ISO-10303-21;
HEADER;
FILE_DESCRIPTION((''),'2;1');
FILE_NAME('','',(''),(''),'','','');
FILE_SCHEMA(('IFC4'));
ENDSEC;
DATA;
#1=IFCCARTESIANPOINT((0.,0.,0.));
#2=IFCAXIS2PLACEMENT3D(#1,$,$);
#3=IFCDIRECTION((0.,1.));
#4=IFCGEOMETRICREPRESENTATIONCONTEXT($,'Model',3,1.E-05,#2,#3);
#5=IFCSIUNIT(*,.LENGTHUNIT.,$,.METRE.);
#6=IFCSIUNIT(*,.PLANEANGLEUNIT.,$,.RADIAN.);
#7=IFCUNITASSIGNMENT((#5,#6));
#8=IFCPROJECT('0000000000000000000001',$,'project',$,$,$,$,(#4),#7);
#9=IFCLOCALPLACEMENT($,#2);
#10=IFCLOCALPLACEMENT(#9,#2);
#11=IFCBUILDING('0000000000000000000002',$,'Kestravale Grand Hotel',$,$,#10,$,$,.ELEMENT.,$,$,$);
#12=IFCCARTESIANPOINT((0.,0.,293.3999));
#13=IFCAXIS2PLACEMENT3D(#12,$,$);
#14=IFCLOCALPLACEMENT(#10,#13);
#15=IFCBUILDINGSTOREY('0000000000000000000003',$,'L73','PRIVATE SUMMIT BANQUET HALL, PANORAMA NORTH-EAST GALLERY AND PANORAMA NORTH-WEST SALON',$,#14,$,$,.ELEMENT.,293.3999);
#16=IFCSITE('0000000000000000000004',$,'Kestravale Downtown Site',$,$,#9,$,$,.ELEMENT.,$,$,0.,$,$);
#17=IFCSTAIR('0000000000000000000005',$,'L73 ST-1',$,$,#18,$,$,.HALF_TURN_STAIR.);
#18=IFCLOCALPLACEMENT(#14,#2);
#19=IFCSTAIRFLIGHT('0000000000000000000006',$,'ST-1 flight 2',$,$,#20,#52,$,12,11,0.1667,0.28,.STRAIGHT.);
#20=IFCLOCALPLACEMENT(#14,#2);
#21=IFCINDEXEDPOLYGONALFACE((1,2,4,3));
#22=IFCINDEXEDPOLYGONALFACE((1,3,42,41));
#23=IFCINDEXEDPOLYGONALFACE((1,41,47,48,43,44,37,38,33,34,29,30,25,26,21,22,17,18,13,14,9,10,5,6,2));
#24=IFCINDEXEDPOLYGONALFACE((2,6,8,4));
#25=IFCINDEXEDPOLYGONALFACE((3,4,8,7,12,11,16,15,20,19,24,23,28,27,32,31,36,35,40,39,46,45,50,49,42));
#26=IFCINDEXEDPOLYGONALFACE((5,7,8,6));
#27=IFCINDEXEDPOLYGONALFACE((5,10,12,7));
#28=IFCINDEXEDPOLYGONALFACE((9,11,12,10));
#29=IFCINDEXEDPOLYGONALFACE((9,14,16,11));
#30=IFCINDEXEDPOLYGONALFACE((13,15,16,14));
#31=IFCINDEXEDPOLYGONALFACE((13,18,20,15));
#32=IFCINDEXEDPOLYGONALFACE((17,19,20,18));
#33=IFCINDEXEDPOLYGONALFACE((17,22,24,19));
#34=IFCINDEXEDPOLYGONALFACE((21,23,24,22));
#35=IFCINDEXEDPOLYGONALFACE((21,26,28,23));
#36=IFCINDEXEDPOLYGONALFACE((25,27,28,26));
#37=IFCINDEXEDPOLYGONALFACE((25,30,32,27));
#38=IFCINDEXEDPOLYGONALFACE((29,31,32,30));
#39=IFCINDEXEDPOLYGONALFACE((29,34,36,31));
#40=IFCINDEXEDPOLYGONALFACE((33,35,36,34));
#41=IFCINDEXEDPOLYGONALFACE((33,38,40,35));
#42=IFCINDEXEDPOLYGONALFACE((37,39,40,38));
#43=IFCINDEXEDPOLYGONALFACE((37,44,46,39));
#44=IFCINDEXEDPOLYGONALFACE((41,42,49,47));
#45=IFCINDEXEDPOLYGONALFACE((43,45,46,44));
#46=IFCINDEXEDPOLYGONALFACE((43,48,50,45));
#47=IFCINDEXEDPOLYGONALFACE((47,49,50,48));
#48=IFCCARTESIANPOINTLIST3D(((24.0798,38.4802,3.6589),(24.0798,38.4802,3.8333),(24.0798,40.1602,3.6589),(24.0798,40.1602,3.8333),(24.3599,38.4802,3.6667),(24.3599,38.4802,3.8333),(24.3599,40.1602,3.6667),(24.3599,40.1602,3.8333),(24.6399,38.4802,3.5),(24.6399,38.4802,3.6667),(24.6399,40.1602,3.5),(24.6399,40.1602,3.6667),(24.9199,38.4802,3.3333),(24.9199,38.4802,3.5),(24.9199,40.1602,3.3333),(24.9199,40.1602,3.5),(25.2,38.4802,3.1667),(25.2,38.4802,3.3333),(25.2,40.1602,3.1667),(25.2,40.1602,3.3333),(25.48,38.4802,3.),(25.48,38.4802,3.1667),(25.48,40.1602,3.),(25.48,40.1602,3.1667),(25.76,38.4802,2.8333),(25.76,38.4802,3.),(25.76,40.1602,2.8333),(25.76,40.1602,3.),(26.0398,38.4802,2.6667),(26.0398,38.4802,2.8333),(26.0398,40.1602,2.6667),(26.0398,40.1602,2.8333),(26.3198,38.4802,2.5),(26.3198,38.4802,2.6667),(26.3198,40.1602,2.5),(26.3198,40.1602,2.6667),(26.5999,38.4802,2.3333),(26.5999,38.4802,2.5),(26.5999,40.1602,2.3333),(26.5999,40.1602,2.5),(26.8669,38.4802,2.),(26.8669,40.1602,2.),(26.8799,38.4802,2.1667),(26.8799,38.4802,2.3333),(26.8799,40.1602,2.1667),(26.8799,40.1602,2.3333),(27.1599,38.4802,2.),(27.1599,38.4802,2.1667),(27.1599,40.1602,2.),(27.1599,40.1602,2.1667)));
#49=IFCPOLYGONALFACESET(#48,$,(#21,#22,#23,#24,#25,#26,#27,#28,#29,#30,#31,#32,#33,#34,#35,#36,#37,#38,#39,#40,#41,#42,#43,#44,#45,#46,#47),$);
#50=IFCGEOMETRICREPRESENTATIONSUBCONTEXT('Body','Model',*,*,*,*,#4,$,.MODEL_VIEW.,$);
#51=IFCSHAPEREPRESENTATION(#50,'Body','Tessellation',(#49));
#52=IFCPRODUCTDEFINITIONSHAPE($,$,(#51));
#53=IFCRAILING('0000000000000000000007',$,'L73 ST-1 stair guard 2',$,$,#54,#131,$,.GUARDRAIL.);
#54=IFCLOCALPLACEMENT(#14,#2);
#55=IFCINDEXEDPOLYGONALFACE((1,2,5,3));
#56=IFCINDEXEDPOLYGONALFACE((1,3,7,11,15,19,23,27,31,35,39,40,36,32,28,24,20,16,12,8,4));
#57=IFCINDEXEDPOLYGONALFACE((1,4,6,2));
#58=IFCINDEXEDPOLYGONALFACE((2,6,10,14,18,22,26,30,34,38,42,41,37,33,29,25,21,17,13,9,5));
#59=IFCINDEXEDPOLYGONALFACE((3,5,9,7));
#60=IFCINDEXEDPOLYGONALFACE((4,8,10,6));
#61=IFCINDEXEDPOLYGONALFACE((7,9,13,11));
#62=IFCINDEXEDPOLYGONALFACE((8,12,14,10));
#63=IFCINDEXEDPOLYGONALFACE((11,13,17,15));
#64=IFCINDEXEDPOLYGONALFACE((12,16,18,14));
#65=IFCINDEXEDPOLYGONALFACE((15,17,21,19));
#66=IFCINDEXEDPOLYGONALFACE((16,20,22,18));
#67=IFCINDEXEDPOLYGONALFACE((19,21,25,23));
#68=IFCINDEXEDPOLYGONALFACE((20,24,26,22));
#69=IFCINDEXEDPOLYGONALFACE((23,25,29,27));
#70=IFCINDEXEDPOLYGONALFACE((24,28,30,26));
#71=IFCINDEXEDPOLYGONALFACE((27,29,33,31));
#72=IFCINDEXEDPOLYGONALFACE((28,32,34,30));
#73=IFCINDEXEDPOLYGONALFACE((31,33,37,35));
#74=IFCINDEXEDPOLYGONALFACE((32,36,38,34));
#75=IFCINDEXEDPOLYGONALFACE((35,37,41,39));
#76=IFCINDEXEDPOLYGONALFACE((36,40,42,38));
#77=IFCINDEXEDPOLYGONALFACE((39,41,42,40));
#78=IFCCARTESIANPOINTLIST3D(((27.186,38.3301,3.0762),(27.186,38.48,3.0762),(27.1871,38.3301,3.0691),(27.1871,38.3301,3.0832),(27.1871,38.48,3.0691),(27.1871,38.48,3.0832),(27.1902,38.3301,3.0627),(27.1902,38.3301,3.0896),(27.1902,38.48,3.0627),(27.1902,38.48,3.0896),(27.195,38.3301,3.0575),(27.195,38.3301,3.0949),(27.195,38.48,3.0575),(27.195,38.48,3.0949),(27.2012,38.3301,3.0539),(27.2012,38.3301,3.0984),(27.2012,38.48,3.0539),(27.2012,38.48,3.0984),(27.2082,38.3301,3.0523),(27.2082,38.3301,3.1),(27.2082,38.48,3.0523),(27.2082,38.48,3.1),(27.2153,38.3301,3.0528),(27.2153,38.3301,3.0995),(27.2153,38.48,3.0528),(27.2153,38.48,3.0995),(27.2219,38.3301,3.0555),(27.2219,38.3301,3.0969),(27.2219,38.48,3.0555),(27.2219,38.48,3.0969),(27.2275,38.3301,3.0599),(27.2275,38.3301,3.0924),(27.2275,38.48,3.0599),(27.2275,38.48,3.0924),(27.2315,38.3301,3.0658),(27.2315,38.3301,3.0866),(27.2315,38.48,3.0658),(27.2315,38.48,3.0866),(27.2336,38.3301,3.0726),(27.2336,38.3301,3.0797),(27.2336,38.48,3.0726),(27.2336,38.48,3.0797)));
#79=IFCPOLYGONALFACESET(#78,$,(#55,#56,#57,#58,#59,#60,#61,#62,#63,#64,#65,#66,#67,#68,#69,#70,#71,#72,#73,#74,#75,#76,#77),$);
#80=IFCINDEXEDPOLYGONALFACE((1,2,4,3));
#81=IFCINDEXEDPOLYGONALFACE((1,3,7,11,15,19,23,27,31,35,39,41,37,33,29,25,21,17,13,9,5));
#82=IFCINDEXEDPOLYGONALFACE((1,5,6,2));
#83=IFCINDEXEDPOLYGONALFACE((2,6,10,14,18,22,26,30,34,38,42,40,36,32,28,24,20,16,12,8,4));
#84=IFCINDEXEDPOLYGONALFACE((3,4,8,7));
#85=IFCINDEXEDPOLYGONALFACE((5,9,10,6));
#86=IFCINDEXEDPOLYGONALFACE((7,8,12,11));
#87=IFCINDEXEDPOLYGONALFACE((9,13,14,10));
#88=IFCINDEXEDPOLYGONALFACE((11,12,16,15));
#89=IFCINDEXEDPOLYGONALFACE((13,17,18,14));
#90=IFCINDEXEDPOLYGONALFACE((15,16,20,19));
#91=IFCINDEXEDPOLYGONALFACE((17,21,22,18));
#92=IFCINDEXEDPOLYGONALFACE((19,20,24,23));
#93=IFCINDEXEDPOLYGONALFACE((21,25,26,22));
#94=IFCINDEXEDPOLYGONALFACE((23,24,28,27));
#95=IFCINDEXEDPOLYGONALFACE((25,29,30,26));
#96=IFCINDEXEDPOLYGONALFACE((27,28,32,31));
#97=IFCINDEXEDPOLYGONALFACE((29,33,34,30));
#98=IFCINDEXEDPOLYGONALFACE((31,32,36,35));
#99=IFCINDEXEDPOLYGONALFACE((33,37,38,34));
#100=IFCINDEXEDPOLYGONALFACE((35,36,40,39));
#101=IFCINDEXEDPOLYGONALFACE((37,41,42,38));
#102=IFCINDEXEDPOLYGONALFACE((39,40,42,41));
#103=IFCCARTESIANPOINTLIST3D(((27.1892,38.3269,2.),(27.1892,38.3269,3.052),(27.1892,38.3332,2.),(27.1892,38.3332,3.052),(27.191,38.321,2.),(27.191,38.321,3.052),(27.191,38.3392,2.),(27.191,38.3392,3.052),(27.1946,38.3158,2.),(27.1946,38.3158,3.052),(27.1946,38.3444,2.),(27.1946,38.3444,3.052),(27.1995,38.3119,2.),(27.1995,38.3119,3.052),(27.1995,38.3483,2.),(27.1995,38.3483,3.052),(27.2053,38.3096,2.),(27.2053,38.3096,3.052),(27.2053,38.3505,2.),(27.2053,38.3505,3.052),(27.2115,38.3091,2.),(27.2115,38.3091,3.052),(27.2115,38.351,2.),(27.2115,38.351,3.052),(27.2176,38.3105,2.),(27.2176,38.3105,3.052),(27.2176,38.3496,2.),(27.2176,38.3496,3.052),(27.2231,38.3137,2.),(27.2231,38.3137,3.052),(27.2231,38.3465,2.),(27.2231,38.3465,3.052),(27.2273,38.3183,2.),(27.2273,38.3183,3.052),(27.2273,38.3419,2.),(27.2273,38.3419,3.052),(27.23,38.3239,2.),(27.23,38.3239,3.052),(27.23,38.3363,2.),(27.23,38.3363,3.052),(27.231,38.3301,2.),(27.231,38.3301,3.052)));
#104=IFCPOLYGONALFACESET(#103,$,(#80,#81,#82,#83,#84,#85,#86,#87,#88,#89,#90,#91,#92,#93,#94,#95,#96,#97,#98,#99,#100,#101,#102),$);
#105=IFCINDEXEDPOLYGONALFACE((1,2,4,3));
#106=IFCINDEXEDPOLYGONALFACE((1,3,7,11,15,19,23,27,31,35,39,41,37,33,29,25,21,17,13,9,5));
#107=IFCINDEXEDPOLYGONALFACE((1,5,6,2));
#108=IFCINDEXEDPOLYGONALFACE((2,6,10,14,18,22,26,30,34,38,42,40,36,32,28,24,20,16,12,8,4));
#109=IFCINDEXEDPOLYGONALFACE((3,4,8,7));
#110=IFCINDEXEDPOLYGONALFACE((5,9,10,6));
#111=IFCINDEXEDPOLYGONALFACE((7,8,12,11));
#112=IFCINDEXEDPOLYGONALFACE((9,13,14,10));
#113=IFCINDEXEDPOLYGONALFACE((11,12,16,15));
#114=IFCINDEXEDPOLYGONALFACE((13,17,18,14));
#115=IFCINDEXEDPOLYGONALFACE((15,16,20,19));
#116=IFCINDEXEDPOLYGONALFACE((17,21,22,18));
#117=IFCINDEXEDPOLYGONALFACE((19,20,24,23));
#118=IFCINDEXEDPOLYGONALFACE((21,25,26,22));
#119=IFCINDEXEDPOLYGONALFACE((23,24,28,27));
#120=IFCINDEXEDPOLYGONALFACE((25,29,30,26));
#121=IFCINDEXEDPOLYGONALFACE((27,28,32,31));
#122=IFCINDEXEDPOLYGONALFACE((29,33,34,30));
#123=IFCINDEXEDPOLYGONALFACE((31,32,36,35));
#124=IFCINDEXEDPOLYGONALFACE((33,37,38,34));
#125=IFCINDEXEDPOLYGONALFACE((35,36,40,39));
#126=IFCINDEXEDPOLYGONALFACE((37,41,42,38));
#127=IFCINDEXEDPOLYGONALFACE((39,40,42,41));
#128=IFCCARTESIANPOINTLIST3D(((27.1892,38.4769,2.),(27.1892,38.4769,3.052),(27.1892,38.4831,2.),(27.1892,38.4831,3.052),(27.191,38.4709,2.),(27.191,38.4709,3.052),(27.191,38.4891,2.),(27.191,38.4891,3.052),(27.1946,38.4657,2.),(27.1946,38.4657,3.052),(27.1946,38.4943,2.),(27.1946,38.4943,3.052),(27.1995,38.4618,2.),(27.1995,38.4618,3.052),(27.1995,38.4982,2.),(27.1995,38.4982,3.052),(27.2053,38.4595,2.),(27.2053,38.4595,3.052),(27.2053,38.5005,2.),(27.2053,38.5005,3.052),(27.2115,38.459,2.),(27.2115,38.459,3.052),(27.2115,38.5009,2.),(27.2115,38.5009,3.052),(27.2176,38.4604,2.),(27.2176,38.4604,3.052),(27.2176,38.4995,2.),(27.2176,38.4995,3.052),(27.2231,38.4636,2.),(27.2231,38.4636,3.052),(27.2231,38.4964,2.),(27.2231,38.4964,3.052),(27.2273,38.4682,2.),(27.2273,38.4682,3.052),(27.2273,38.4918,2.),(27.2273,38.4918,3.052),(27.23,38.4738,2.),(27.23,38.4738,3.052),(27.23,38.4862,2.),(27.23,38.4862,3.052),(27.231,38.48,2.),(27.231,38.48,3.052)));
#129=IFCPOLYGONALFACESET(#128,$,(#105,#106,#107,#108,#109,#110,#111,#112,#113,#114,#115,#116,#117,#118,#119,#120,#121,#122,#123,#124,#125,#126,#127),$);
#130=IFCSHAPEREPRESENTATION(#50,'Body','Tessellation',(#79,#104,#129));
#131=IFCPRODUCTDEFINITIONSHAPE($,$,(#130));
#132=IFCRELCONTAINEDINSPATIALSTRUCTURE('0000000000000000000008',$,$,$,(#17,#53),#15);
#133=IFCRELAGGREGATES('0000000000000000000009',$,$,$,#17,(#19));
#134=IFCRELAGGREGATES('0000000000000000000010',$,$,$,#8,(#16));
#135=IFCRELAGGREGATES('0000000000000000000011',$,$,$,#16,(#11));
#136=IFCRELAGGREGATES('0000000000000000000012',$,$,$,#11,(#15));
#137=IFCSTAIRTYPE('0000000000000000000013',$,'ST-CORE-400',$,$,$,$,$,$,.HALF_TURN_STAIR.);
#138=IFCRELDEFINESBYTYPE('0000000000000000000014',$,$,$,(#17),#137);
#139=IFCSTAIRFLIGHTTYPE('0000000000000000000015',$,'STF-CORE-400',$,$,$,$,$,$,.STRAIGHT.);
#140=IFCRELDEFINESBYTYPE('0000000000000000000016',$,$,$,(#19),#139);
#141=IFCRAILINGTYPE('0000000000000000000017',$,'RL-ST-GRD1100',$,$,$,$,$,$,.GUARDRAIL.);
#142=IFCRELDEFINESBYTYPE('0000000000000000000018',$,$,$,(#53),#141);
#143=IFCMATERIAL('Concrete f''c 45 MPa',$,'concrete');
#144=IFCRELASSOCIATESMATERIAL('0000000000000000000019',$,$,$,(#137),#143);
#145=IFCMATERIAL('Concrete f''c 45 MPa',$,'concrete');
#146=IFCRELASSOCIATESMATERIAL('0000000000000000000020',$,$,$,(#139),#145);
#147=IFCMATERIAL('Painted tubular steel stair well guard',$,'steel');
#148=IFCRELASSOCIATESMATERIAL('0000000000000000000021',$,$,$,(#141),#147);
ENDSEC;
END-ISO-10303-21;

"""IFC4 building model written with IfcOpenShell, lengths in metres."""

from ifc_helpers import new_model, si_unit, direction, frame, origin, origin_2d, place, context, subcontext, project, spatial, polyline, circle, outline, extrude, material, type_object, element, aggregate, save


model = new_model("IFC4")

# Units and contexts
model_context = context("Model", 3, precision=1e-05, world=origin(), true_north=direction((0.0, 1.0)))
body_context = subcontext(model_context, "Body", "Model", "MODEL_VIEW")
ifc_project = project(units=[si_unit("LENGTHUNIT", "METRE"), si_unit("PLANEANGLEUNIT", "RADIAN")], contexts=[model_context])

# Site, building, storey
site_placement = place(None, origin())
site = spatial("IfcSite", under=ifc_project, at=site_placement, Name="Kestravale Downtown Site", CompositionType="ELEMENT", RefElevation=0.0)
building_placement = place(site_placement, origin())
building = spatial("IfcBuilding", under=site, at=building_placement, Name="Kestravale Grand Hotel", CompositionType="ELEMENT")
storey_placement = place(building_placement, frame((0.0, 0.0, 293.3999)))
storey = spatial("IfcBuildingStorey", under=building, at=storey_placement, Name="L73", Description="PRIVATE SUMMIT BANQUET HALL, PANORAMA NORTH-EAST GALLERY AND PANORAMA NORTH-WEST SALON", CompositionType="ELEMENT", Elevation=293.3999)

# Stair, stair flight
ifc_material_1 = material(Name="Concrete f'c 45 MPa", Category="concrete")
stair_type = type_object("IfcStairType", Name="ST-CORE-400", PredefinedType="HALF_TURN_STAIR", material=ifc_material_1)
stair_placement = place(storey_placement, origin())
stair = element("IfcStair", 1, at=stair_placement, inside=storey, type_object=stair_type, Name="L73 ST-1", PredefinedType="HALF_TURN_STAIR")
ifc_material_2 = material(Name="Concrete f'c 45 MPa", Category="concrete")
stair_flight_type = type_object("IfcStairFlightType", Name="STF-CORE-400", PredefinedType="STRAIGHT", material=ifc_material_2)
stair_flight_placement = place(storey_placement, frame((27.1599, 39.3201, 2.0), z_axis=(0.0, 0.0, 1.0), x_axis=(-1.0, 0.0, 0.0)))
stair_flight = element("IfcStairFlight", 2, at=stair_flight_placement, type_object=stair_flight_type, Name="ST-1 flight 2", NumberOfRisers=12, NumberOfTreads=11, PredefinedType="STRAIGHT", RiserHeight=0.1667, TreadLength=0.28, context=body_context, shape_type="SweptSolid", body=[
    extrude(outline(polyline([(0.0, 0.0), (0.0, 0.1667), (0.28, 0.1667), (0.28, 0.3333), (0.5601, 0.3333), (0.5601, 0.5), (0.8401, 0.5), (0.8401, 0.6667), (1.1201, 0.6667), (1.1201, 0.8333), (1.3999, 0.8333), (1.3999, 1.0), (1.6799, 1.0), (1.6799, 1.1667), (1.96, 1.1667), (1.96, 1.3333), (2.24, 1.3333), (2.24, 1.5), (2.52, 1.5), (2.52, 1.6667), (2.8, 1.6667), (2.8, 1.8333), (3.0801, 1.8333), (3.0801, 2.0), (3.0801, 1.6589), (0.293, 0.0), (0.0, 0.0)])), frame((0.0, 0.8398, 0.0), z_axis=(0.0, -1.0, 0.0), x_axis=(1.0, 0.0, 0.0)), (0.0, 0.0, 1.0), 1.6799),
])
aggregate(stair, [stair_flight])

# Railing
ifc_material_3 = material(Name="Painted tubular steel stair well guard", Category="steel")
railing_type_1 = type_object("IfcRailingType", Name="RL-ST-GRD1100", PredefinedType="GUARDRAIL", material=ifc_material_3)
railing_1_placement = place(storey_placement, frame((27.21, 38.3301, 2.0)))
element("IfcRailing", 3, at=railing_1_placement, inside=storey, type_object=railing_type_1, Name="L73 ST-1 stair guard 2", PredefinedType="GUARDRAIL", context=body_context, shape_type="SweptSolid", body=[
    extrude(circle(Radius=0.0239, at=origin_2d()), frame((0.0, 0.0, 1.0762), z_axis=(0.0, 1.0, 0.0), x_axis=(-1.0, 0.0, 0.0)), (0.0, 0.0, 1.0), 0.1499),
    extrude(circle(Radius=0.021, at=origin_2d()), origin(), (0.0, 0.0, 1.0), 1.052),
    extrude(circle(Radius=0.021, at=origin_2d()), frame((0.0, 0.1499, 0.0)), (0.0, 0.0, 1.0), 1.052),
])

save(model, "model.ifc")
